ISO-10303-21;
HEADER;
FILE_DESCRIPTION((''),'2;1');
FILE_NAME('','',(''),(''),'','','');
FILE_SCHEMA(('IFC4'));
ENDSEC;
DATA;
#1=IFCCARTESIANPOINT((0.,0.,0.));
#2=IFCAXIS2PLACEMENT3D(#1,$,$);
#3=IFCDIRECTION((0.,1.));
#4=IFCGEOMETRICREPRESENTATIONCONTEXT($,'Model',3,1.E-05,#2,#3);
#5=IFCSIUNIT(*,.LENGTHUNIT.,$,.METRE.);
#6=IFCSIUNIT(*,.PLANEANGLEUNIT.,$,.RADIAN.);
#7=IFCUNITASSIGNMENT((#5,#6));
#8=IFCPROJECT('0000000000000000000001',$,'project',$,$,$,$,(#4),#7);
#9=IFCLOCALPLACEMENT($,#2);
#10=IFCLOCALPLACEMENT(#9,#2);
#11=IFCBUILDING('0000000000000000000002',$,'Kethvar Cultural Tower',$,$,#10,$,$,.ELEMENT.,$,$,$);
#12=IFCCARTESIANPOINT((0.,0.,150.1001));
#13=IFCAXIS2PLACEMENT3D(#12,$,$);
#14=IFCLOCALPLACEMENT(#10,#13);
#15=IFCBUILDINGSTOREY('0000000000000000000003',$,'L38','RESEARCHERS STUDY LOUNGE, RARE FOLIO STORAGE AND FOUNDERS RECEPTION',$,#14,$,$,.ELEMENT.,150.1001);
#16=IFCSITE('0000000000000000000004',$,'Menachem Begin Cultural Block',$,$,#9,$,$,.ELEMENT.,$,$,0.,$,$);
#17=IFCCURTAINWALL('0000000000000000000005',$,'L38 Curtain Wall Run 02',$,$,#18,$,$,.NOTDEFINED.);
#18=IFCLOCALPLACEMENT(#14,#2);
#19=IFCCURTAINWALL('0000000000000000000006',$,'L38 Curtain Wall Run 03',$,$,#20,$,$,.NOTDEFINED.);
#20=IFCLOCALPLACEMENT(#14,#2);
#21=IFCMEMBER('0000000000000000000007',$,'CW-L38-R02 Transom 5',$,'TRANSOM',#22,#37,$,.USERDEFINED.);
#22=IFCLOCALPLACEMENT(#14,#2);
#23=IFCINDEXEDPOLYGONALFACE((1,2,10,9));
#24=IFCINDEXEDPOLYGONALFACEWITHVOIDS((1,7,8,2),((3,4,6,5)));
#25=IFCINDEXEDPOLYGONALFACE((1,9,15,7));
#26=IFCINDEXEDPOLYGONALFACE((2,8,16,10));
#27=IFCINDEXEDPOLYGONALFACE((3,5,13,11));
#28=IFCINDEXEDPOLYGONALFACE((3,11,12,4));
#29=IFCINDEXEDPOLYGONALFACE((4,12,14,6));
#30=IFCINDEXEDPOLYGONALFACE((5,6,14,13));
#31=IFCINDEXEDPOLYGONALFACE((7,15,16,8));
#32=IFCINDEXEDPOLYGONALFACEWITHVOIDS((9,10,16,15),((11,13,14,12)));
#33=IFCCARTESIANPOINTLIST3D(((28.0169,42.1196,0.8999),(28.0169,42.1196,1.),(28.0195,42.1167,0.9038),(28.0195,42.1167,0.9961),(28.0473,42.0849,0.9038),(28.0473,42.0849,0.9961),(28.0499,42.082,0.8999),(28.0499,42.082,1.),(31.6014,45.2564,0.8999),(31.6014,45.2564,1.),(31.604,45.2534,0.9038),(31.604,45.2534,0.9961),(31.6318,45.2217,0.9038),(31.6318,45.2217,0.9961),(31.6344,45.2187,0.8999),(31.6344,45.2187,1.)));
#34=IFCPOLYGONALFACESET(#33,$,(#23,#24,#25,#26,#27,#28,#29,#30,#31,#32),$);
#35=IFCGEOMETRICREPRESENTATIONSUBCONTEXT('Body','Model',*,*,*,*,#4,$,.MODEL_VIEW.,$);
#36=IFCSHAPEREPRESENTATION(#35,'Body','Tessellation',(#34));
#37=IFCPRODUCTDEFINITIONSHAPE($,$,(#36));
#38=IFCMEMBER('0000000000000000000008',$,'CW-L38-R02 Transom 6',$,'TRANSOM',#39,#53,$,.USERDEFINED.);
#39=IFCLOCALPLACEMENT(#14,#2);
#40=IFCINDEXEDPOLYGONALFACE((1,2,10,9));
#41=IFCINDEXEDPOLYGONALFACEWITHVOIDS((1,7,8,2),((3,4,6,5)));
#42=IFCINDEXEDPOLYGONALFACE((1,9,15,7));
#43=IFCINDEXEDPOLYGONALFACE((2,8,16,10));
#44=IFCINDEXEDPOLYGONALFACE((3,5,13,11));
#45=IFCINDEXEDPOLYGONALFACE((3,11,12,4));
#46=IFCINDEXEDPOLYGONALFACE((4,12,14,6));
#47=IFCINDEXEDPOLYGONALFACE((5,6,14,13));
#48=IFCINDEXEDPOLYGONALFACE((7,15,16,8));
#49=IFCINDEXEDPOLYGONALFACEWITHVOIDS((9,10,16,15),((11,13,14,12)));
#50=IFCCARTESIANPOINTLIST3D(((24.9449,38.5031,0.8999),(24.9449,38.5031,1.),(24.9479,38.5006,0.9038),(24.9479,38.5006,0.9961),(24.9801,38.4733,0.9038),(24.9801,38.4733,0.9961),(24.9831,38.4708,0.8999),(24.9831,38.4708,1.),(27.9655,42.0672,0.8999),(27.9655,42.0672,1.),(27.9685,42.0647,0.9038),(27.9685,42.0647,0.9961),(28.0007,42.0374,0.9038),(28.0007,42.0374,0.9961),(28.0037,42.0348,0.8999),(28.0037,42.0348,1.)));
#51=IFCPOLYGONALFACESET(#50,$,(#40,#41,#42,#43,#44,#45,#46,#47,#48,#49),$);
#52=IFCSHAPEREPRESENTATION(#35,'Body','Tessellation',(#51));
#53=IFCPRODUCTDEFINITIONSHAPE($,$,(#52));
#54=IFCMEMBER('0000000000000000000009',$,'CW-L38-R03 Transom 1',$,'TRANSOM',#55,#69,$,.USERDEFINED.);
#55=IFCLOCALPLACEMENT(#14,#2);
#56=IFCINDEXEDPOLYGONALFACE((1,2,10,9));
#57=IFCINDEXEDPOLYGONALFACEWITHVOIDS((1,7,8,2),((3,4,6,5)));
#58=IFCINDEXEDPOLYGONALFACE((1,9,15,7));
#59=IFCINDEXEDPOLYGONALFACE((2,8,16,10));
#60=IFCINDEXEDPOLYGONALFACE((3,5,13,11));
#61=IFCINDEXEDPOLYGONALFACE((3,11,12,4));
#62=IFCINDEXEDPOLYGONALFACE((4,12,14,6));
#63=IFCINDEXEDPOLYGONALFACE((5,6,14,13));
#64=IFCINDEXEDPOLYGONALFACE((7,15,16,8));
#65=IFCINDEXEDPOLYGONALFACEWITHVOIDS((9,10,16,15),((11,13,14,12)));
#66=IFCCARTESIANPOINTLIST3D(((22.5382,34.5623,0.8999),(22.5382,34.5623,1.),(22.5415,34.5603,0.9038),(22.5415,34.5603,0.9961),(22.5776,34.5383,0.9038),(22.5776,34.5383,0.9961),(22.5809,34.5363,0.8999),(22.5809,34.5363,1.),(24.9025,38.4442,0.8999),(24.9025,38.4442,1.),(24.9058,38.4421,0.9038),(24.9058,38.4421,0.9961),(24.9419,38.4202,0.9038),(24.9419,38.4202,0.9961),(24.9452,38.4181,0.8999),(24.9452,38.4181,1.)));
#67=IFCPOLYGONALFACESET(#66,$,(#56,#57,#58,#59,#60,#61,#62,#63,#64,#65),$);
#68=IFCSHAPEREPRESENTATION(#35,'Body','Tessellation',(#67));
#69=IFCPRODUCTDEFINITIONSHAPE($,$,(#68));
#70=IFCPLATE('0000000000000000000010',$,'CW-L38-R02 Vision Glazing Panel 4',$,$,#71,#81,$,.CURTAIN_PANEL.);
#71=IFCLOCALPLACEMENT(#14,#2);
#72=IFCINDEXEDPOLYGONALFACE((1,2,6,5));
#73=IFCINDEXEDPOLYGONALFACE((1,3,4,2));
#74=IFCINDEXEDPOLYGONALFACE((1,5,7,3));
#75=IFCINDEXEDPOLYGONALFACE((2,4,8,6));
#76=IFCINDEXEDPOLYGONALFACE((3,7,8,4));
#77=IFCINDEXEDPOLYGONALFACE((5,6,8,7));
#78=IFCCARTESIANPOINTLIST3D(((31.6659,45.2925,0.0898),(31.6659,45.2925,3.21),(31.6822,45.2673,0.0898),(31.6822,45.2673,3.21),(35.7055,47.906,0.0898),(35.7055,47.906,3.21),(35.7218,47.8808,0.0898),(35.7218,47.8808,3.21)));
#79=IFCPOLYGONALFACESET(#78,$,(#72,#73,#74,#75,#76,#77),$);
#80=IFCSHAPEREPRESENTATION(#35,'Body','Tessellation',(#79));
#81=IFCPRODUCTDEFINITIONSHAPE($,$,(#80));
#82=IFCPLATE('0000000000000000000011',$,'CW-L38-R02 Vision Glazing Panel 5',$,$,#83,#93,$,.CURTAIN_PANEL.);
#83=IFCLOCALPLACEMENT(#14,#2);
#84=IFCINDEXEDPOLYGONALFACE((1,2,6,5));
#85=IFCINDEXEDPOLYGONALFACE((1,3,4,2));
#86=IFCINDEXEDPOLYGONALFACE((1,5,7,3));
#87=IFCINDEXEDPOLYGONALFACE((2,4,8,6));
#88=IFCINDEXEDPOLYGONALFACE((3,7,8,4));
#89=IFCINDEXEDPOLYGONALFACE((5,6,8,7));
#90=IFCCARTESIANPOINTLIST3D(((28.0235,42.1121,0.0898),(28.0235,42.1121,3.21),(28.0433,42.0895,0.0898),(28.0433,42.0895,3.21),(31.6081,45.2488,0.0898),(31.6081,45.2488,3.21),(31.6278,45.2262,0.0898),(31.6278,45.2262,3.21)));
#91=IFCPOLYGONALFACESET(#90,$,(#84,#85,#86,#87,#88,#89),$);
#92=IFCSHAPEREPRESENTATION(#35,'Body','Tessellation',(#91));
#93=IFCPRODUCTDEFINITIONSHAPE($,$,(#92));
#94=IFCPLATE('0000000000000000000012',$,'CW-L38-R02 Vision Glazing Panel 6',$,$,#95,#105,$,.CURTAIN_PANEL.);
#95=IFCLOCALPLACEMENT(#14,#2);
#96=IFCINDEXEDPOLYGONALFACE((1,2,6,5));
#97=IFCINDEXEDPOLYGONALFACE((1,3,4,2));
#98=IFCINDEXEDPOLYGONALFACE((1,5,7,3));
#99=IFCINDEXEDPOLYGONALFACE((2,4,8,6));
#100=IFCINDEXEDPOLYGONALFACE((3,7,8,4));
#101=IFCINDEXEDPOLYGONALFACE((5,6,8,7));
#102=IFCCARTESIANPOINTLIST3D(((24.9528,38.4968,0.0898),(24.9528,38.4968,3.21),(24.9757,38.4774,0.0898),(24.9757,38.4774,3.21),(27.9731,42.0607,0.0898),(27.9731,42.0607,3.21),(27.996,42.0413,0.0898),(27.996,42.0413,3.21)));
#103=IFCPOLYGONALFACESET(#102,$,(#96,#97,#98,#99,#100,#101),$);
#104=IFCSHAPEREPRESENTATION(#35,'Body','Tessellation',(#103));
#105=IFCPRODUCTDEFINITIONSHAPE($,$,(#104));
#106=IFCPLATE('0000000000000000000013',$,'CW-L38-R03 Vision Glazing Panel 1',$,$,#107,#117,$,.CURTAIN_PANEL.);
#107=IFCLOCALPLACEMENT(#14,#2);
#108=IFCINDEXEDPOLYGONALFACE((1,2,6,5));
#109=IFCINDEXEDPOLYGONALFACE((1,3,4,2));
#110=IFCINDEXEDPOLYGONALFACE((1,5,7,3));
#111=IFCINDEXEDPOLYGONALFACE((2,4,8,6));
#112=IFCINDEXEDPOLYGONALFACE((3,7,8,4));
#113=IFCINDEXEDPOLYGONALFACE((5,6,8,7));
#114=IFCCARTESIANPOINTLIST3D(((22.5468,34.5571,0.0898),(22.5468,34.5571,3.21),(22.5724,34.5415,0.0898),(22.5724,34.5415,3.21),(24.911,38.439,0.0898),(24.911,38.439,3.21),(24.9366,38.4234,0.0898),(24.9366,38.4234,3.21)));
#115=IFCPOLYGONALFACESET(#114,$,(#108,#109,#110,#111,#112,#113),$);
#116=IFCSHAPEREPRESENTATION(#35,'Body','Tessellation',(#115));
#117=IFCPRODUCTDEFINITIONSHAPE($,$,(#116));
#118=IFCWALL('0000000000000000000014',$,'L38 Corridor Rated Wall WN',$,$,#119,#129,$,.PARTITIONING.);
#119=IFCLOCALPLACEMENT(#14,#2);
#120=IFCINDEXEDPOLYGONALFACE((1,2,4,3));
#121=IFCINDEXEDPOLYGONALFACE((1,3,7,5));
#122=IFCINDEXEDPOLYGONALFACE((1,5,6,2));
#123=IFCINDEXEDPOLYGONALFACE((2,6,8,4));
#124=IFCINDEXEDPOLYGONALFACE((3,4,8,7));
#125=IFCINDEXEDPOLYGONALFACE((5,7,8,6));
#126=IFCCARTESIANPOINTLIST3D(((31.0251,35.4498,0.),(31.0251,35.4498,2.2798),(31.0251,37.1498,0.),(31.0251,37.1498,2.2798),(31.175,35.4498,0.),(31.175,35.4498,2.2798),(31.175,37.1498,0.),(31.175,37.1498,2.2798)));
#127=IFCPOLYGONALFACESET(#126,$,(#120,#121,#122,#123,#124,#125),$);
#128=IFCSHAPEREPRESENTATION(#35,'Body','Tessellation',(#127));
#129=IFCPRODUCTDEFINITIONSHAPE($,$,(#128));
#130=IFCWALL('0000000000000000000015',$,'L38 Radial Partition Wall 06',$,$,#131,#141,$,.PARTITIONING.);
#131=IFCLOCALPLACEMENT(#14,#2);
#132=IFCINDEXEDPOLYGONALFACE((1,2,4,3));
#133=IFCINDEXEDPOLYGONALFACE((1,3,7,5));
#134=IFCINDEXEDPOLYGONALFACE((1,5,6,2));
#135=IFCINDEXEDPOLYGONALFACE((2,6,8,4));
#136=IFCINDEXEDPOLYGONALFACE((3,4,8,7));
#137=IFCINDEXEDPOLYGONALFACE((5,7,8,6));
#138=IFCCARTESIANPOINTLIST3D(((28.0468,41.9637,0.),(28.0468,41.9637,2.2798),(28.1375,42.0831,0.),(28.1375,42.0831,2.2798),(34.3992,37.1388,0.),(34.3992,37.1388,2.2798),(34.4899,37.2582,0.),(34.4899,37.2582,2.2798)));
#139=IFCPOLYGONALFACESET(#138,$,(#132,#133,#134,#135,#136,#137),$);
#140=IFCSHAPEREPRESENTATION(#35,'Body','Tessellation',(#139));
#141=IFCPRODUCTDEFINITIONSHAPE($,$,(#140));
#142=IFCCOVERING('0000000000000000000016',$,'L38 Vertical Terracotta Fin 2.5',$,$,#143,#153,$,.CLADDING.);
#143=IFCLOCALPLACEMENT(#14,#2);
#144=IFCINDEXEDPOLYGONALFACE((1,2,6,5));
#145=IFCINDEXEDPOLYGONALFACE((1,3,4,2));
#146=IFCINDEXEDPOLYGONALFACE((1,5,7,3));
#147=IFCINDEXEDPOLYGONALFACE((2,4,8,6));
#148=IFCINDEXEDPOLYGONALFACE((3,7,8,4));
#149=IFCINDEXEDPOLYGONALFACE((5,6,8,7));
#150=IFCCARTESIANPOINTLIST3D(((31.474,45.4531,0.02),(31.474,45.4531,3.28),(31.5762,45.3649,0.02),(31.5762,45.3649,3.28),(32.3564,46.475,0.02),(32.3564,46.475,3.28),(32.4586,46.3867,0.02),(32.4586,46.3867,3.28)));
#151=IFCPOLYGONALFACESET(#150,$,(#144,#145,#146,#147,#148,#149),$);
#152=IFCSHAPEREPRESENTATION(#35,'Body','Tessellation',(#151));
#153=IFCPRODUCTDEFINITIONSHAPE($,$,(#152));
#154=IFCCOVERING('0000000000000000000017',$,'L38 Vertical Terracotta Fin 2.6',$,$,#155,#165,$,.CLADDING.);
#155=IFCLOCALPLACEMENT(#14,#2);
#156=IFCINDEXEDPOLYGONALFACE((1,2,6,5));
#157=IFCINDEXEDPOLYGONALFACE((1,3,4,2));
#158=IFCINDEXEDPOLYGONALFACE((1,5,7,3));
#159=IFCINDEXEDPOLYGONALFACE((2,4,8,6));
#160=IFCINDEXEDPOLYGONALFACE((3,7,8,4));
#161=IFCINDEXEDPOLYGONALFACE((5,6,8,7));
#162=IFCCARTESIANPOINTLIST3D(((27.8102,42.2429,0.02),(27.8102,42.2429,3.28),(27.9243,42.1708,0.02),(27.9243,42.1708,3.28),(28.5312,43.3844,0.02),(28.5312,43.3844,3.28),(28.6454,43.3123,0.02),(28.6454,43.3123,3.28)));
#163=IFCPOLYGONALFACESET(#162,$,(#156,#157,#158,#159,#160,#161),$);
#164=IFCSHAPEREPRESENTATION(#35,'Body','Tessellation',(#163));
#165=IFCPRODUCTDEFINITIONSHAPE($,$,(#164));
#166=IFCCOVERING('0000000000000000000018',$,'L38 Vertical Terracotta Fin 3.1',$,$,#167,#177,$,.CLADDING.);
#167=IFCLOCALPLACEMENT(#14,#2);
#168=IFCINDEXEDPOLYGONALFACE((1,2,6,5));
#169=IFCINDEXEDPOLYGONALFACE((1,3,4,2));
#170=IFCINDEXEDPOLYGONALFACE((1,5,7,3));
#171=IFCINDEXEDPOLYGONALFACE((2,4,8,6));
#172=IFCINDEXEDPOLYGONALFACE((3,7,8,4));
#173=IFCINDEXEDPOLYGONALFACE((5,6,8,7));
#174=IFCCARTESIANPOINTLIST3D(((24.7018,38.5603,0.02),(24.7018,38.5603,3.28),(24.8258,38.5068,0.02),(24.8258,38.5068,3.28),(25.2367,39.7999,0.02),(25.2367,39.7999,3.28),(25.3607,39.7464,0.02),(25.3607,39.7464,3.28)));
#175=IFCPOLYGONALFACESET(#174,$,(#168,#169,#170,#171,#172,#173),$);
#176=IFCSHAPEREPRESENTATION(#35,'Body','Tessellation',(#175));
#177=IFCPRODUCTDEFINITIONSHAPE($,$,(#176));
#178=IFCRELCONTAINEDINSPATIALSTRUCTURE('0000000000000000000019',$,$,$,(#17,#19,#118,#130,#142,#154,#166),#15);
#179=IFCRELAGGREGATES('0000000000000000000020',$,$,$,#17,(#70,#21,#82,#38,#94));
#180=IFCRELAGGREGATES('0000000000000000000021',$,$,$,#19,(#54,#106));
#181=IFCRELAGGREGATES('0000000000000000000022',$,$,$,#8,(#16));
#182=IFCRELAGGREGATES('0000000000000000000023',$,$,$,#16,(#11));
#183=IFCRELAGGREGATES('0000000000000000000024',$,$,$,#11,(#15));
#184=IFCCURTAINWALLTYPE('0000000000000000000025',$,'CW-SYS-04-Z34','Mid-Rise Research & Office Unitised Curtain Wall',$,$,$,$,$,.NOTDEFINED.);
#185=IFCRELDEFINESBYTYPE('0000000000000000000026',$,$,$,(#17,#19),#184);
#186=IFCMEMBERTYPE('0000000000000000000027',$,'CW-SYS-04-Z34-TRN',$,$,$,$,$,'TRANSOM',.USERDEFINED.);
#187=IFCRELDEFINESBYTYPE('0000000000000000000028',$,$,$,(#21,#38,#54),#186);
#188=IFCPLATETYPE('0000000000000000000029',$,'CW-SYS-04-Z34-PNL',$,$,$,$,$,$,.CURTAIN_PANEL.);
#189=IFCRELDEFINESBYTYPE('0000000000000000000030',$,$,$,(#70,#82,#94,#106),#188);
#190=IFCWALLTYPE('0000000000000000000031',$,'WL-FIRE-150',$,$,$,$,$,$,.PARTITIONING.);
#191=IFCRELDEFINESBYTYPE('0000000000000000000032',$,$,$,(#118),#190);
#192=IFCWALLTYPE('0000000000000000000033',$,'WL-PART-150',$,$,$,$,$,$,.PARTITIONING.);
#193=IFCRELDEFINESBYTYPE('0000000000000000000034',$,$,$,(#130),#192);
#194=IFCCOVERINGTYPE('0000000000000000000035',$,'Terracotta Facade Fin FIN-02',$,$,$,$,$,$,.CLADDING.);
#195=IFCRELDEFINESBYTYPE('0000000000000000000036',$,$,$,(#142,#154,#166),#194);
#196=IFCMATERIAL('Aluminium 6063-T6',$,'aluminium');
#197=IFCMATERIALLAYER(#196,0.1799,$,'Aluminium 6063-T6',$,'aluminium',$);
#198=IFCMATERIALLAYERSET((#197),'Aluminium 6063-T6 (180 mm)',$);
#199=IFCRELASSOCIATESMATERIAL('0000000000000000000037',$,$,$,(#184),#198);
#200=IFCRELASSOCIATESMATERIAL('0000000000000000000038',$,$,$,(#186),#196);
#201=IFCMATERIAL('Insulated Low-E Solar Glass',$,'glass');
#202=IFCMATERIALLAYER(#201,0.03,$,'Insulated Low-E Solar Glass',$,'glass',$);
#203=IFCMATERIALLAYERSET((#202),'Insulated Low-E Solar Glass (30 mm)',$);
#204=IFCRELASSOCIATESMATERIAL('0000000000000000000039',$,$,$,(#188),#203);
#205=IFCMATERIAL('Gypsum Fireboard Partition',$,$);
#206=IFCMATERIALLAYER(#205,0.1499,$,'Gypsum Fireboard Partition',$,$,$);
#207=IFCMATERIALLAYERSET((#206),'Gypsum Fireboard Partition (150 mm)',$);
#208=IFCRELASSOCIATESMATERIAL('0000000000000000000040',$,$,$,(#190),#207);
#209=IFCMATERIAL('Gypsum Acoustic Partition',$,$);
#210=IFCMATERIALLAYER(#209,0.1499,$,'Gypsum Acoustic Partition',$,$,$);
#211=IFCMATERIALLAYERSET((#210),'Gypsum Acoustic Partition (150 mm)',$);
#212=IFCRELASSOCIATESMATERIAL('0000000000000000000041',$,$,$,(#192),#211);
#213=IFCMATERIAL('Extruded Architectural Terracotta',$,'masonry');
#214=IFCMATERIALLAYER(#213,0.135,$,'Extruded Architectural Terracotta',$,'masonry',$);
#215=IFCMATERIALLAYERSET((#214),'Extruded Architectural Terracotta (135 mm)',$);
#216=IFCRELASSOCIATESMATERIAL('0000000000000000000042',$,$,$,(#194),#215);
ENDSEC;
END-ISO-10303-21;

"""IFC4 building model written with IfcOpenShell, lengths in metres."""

from ifc_helpers import new_model, si_unit, direction, frame, frame_2d, origin, origin_2d, place, context, subcontext, project, spatial, rectangle, hollow_rectangle, extrude, source, transform, mapped, material, layer, layer_set, material_profile, profile_set, type_object, element, aggregate, save


model = new_model("IFC4")

# Units and contexts
model_context = context("Model", 3, precision=1e-05, world=origin(), true_north=direction((0.0, 1.0)))
body_context = subcontext(model_context, "Body", "Model", "MODEL_VIEW")
ifc_project = project(units=[si_unit("LENGTHUNIT", "METRE"), si_unit("PLANEANGLEUNIT", "RADIAN")], contexts=[model_context])

# Site, building, storey
site_placement = place(None, origin())
site = spatial("IfcSite", under=ifc_project, at=site_placement, Name="Menachem Begin Cultural Block", CompositionType="ELEMENT", RefElevation=0.0)
building_placement = place(site_placement, origin())
building = spatial("IfcBuilding", under=site, at=building_placement, Name="Kethvar Cultural Tower", CompositionType="ELEMENT")
storey_placement = place(building_placement, frame((0.0, 0.0, 150.1001)))
storey = spatial("IfcBuildingStorey", under=building, at=storey_placement, Name="L38", Description="RESEARCHERS STUDY LOUNGE, RARE FOLIO STORAGE AND FOUNDERS RECEPTION", CompositionType="ELEMENT", Elevation=150.1001)

# Curtain wall
ifc_material_1 = material(Name="Aluminium 6063-T6", Category="aluminium")
ifc_layer_1 = layer(ifc_material_1, 0.1799, Name="Aluminium 6063-T6", Category="aluminium")
ifc_layer_set_1 = layer_set([ifc_layer_1], Name="Aluminium 6063-T6 (180 mm)")
curtain_wall_type = type_object("IfcCurtainWallType", Name="CW-SYS-04-Z34", Description="Mid-Rise Research & Office Unitised Curtain Wall", PredefinedType="NOTDEFINED", material=ifc_layer_set_1)
curtain_wall_1_placement = place(storey_placement, origin())
curtain_wall_1 = element("IfcCurtainWall", 1, at=curtain_wall_1_placement, inside=storey, type_object=curtain_wall_type, Name="L38 Curtain Wall Run 02", PredefinedType="NOTDEFINED")

# Curtain wall
curtain_wall_2_placement = place(storey_placement, origin())
curtain_wall_2 = element("IfcCurtainWall", 2, at=curtain_wall_2_placement, inside=storey, type_object=curtain_wall_type, Name="L38 Curtain Wall Run 03", PredefinedType="NOTDEFINED")

# Members
ifc_material_profile_1 = material_profile(ifc_material_1, hollow_rectangle(XDim=0.05, YDim=0.1001, WallThickness=0.0039, at=origin_2d()), Name="Aluminium 6063-T6 — RHS100x50x4")
ifc_profile_set_1 = profile_set([ifc_material_profile_1], Name="Aluminium 6063-T6 — RHS100x50x4")
member_type_1 = type_object("IfcMemberType", Name="CW-SYS-04-Z34-TRN", ElementType="TRANSOM", PredefinedType="USERDEFINED", material=ifc_profile_set_1)
shared_shape_1 = source(origin(), body_context, "Body", "SweptSolid", [
    extrude(hollow_rectangle(XDim=0.05, YDim=0.1001, WallThickness=0.0039, at=origin_2d()), origin(), (0.0, 0.0, 1.0), 4.7632),
])
member_1_placement = place(storey_placement, frame((31.6179, 45.2375, 0.95), z_axis=(-0.752545, -0.658541, 0.0), x_axis=(0.658541, -0.752545, 0.0)))
member_1 = element("IfcMember", 3, at=member_1_placement, type_object=member_type_1, Name="CW-L38-R02 Transom 5", ObjectType="TRANSOM", PredefinedType="USERDEFINED", context=body_context, shape_type="MappedRepresentation", body=[
    mapped(shared_shape_1, transform((0.0, 0.0, 0.0), scale=1.0)),
])
shared_shape_2 = source(origin(), body_context, "Body", "SweptSolid", [
    extrude(hollow_rectangle(XDim=0.05, YDim=0.1001, WallThickness=0.0039, at=origin_2d()), origin(), (0.0, 0.0, 1.0), 4.6719),
])
member_2_placement = place(storey_placement, frame((27.9846, 42.051, 0.95), z_axis=(-0.646546, -0.762875, 0.0), x_axis=(0.762875, -0.646546, 0.0)))
member_2 = element("IfcMember", 4, at=member_2_placement, type_object=member_type_1, Name="CW-L38-R02 Transom 6", ObjectType="TRANSOM", PredefinedType="USERDEFINED", context=body_context, shape_type="MappedRepresentation", body=[
    mapped(shared_shape_2, transform((0.0, 0.0, 0.0), scale=1.0)),
])
shared_shape_3 = source(origin(), body_context, "Body", "SweptSolid", [
    extrude(hollow_rectangle(XDim=0.05, YDim=0.1001, WallThickness=0.0039, at=origin_2d()), origin(), (0.0, 0.0, 1.0), 4.5452),
])
member_3_placement = place(storey_placement, frame((24.9238, 38.4312, 0.95), z_axis=(-0.520172, -0.854062, 0.0), x_axis=(0.854062, -0.520172, 0.0)))
member_3 = element("IfcMember", 5, at=member_3_placement, type_object=member_type_1, Name="CW-L38-R03 Transom 1", ObjectType="TRANSOM", PredefinedType="USERDEFINED", context=body_context, shape_type="MappedRepresentation", body=[
    mapped(shared_shape_3, transform((0.0, 0.0, 0.0), scale=1.0)),
])

# Plates
ifc_material_2 = material(Name="Insulated Low-E Solar Glass", Category="glass")
ifc_layer_2 = layer(ifc_material_2, 0.03, Name="Insulated Low-E Solar Glass", Category="glass")
ifc_layer_set_2 = layer_set([ifc_layer_2], Name="Insulated Low-E Solar Glass (30 mm)")
plate_type = type_object("IfcPlateType", Name="CW-SYS-04-Z34-PNL", PredefinedType="CURTAIN_PANEL", material=ifc_layer_set_2)
shared_shape_4 = source(origin(), body_context, "Body", "SweptSolid", [
    extrude(rectangle(XDim=4.8113, YDim=0.03, at=origin_2d()), origin(), (0.0, 0.0, 1.0), 3.1201),
])
plate_1_placement = place(storey_placement, frame((33.6938, 46.5867, 0.0898), z_axis=(0.0, 0.0, 1.0), x_axis=(-0.839601, -0.543204, 0.0)))
plate_1 = element("IfcPlate", 6, at=plate_1_placement, type_object=plate_type, Name="CW-L38-R02 Vision Glazing Panel 4", PredefinedType="CURTAIN_PANEL", context=body_context, shape_type="MappedRepresentation", body=[
    mapped(shared_shape_4, transform((0.0, 0.0, 0.0), scale=1.0)),
])
shared_shape_5 = source(origin(), body_context, "Body", "SweptSolid", [
    extrude(rectangle(XDim=4.7632, YDim=0.03, at=origin_2d()), origin(), (0.0, 0.0, 1.0), 3.1201),
])
plate_2_placement = place(storey_placement, frame((29.8257, 43.6692, 0.0898), z_axis=(0.0, 0.0, 1.0), x_axis=(-0.752553, -0.658532, 0.0)))
plate_2 = element("IfcPlate", 7, at=plate_2_placement, type_object=plate_type, Name="CW-L38-R02 Vision Glazing Panel 5", PredefinedType="CURTAIN_PANEL", context=body_context, shape_type="MappedRepresentation", body=[
    mapped(shared_shape_5, transform((0.0, 0.0, 0.0), scale=1.0)),
])
shared_shape_6 = source(origin(), body_context, "Body", "SweptSolid", [
    extrude(rectangle(XDim=4.6716, YDim=0.03, at=origin_2d()), origin(), (0.0, 0.0, 1.0), 3.1201),
])
plate_3_placement = place(storey_placement, frame((26.4744, 40.269, 0.0898), z_axis=(0.0, 0.0, 1.0), x_axis=(-0.646524, -0.762894, 0.0)))
plate_3 = element("IfcPlate", 8, at=plate_3_placement, type_object=plate_type, Name="CW-L38-R02 Vision Glazing Panel 6", PredefinedType="CURTAIN_PANEL", context=body_context, shape_type="MappedRepresentation", body=[
    mapped(shared_shape_6, transform((0.0, 0.0, 0.0), scale=1.0)),
])
aggregate(curtain_wall_1, [plate_1, member_1, plate_2, member_2, plate_3])
shared_shape_7 = source(origin(), body_context, "Body", "SweptSolid", [
    extrude(rectangle(XDim=4.5452, YDim=0.03, at=origin_2d()), origin(), (0.0, 0.0, 1.0), 3.1201),
])
plate_4_placement = place(storey_placement, frame((23.7417, 36.4902, 0.0898), z_axis=(0.0, 0.0, 1.0), x_axis=(-0.52016, -0.854069, 0.0)))
plate_4 = element("IfcPlate", 9, at=plate_4_placement, type_object=plate_type, Name="CW-L38-R03 Vision Glazing Panel 1", PredefinedType="CURTAIN_PANEL", context=body_context, shape_type="MappedRepresentation", body=[
    mapped(shared_shape_7, transform((0.0, 0.0, 0.0), scale=1.0)),
])
aggregate(curtain_wall_2, [member_3, plate_4])

# Walls
ifc_material_3 = material(Name="Gypsum Fireboard Partition")
ifc_layer_3 = layer(ifc_material_3, 0.1499, Name="Gypsum Fireboard Partition")
ifc_layer_set_3 = layer_set([ifc_layer_3], Name="Gypsum Fireboard Partition (150 mm)")
wall_type_1 = type_object("IfcWallType", Name="WL-FIRE-150", PredefinedType="PARTITIONING", material=ifc_layer_set_3)
wall_1_placement = place(storey_placement, frame((31.1001, 37.1499, 0.0), z_axis=(0.0, 0.0, 1.0), x_axis=(0.0, -1.0, 0.0)))
element("IfcWall", 10, at=wall_1_placement, inside=storey, type_object=wall_type_1, Name="L38 Corridor Rated Wall WN", PredefinedType="PARTITIONING", context=body_context, shape_type="SweptSolid", body=[
    extrude(rectangle(XDim=1.7, YDim=0.1499, at=frame_2d((0.8501, 0.0))), origin(), (0.0, 0.0, 1.0), 2.2798),
])
ifc_material_4 = material(Name="Gypsum Acoustic Partition")
ifc_layer_4 = layer(ifc_material_4, 0.1499, Name="Gypsum Acoustic Partition")
ifc_layer_set_4 = layer_set([ifc_layer_4], Name="Gypsum Acoustic Partition (150 mm)")
wall_type_2 = type_object("IfcWallType", Name="WL-PART-150", PredefinedType="PARTITIONING", material=ifc_layer_set_4)
wall_2_placement = place(storey_placement, frame((34.4446, 37.1985, 0.0), z_axis=(0.0, 0.0, 1.0), x_axis=(-0.796342, 0.604847, 0.0)))
element("IfcWall", 11, at=wall_2_placement, inside=storey, type_object=wall_type_2, Name="L38 Radial Partition Wall 06", PredefinedType="PARTITIONING", context=body_context, shape_type="SweptSolid", body=[
    extrude(rectangle(XDim=7.9771, YDim=0.1499, at=frame_2d((3.9885, 0.0))), origin(), (0.0, 0.0, 1.0), 2.2798),
])

# Coverings
ifc_material_5 = material(Name="Extruded Architectural Terracotta", Category="masonry")
ifc_layer_5 = layer(ifc_material_5, 0.135, Name="Extruded Architectural Terracotta", Category="masonry")
ifc_layer_set_5 = layer_set([ifc_layer_5], Name="Extruded Architectural Terracotta (135 mm)")
covering_type = type_object("IfcCoveringType", Name="Terracotta Facade Fin FIN-02", PredefinedType="CLADDING", material=ifc_layer_set_5)
shared_shape_8 = source(origin(), body_context, "Body", "SweptSolid", [
    extrude(rectangle(XDim=1.3501, YDim=0.135, at=origin_2d()), origin(), (0.0, 0.0, 1.0), 3.26),
])
for number, where, z_axis, x_axis, name in (
    (12, (31.9663, 45.9199, 0.02), (0.0, 0.0, 1.0), (0.653553, 0.756881, 0.0), "L38 Vertical Terracotta Fin 2.5"),
    (13, (28.2278, 42.7776, 0.02), (0.0, 0.0, 1.0), (0.534057, 0.845448, 0.0), "L38 Vertical Terracotta Fin 2.6"),
    (14, (25.0312, 39.1533, 0.02), (0.0, 0.0, 1.0), (0.396187, 0.91817, 0.0), "L38 Vertical Terracotta Fin 3.1"),
):
    element("IfcCovering", number, at=place(storey_placement, frame(where, z_axis=z_axis, x_axis=x_axis)), inside=storey, type_object=covering_type, Name=name, PredefinedType="CLADDING", context=body_context, shape_type="MappedRepresentation", body=[
        mapped(shared_shape_8, transform((0.0, 0.0, 0.0), scale=1.0)),
    ])

save(model, "model.ifc")
